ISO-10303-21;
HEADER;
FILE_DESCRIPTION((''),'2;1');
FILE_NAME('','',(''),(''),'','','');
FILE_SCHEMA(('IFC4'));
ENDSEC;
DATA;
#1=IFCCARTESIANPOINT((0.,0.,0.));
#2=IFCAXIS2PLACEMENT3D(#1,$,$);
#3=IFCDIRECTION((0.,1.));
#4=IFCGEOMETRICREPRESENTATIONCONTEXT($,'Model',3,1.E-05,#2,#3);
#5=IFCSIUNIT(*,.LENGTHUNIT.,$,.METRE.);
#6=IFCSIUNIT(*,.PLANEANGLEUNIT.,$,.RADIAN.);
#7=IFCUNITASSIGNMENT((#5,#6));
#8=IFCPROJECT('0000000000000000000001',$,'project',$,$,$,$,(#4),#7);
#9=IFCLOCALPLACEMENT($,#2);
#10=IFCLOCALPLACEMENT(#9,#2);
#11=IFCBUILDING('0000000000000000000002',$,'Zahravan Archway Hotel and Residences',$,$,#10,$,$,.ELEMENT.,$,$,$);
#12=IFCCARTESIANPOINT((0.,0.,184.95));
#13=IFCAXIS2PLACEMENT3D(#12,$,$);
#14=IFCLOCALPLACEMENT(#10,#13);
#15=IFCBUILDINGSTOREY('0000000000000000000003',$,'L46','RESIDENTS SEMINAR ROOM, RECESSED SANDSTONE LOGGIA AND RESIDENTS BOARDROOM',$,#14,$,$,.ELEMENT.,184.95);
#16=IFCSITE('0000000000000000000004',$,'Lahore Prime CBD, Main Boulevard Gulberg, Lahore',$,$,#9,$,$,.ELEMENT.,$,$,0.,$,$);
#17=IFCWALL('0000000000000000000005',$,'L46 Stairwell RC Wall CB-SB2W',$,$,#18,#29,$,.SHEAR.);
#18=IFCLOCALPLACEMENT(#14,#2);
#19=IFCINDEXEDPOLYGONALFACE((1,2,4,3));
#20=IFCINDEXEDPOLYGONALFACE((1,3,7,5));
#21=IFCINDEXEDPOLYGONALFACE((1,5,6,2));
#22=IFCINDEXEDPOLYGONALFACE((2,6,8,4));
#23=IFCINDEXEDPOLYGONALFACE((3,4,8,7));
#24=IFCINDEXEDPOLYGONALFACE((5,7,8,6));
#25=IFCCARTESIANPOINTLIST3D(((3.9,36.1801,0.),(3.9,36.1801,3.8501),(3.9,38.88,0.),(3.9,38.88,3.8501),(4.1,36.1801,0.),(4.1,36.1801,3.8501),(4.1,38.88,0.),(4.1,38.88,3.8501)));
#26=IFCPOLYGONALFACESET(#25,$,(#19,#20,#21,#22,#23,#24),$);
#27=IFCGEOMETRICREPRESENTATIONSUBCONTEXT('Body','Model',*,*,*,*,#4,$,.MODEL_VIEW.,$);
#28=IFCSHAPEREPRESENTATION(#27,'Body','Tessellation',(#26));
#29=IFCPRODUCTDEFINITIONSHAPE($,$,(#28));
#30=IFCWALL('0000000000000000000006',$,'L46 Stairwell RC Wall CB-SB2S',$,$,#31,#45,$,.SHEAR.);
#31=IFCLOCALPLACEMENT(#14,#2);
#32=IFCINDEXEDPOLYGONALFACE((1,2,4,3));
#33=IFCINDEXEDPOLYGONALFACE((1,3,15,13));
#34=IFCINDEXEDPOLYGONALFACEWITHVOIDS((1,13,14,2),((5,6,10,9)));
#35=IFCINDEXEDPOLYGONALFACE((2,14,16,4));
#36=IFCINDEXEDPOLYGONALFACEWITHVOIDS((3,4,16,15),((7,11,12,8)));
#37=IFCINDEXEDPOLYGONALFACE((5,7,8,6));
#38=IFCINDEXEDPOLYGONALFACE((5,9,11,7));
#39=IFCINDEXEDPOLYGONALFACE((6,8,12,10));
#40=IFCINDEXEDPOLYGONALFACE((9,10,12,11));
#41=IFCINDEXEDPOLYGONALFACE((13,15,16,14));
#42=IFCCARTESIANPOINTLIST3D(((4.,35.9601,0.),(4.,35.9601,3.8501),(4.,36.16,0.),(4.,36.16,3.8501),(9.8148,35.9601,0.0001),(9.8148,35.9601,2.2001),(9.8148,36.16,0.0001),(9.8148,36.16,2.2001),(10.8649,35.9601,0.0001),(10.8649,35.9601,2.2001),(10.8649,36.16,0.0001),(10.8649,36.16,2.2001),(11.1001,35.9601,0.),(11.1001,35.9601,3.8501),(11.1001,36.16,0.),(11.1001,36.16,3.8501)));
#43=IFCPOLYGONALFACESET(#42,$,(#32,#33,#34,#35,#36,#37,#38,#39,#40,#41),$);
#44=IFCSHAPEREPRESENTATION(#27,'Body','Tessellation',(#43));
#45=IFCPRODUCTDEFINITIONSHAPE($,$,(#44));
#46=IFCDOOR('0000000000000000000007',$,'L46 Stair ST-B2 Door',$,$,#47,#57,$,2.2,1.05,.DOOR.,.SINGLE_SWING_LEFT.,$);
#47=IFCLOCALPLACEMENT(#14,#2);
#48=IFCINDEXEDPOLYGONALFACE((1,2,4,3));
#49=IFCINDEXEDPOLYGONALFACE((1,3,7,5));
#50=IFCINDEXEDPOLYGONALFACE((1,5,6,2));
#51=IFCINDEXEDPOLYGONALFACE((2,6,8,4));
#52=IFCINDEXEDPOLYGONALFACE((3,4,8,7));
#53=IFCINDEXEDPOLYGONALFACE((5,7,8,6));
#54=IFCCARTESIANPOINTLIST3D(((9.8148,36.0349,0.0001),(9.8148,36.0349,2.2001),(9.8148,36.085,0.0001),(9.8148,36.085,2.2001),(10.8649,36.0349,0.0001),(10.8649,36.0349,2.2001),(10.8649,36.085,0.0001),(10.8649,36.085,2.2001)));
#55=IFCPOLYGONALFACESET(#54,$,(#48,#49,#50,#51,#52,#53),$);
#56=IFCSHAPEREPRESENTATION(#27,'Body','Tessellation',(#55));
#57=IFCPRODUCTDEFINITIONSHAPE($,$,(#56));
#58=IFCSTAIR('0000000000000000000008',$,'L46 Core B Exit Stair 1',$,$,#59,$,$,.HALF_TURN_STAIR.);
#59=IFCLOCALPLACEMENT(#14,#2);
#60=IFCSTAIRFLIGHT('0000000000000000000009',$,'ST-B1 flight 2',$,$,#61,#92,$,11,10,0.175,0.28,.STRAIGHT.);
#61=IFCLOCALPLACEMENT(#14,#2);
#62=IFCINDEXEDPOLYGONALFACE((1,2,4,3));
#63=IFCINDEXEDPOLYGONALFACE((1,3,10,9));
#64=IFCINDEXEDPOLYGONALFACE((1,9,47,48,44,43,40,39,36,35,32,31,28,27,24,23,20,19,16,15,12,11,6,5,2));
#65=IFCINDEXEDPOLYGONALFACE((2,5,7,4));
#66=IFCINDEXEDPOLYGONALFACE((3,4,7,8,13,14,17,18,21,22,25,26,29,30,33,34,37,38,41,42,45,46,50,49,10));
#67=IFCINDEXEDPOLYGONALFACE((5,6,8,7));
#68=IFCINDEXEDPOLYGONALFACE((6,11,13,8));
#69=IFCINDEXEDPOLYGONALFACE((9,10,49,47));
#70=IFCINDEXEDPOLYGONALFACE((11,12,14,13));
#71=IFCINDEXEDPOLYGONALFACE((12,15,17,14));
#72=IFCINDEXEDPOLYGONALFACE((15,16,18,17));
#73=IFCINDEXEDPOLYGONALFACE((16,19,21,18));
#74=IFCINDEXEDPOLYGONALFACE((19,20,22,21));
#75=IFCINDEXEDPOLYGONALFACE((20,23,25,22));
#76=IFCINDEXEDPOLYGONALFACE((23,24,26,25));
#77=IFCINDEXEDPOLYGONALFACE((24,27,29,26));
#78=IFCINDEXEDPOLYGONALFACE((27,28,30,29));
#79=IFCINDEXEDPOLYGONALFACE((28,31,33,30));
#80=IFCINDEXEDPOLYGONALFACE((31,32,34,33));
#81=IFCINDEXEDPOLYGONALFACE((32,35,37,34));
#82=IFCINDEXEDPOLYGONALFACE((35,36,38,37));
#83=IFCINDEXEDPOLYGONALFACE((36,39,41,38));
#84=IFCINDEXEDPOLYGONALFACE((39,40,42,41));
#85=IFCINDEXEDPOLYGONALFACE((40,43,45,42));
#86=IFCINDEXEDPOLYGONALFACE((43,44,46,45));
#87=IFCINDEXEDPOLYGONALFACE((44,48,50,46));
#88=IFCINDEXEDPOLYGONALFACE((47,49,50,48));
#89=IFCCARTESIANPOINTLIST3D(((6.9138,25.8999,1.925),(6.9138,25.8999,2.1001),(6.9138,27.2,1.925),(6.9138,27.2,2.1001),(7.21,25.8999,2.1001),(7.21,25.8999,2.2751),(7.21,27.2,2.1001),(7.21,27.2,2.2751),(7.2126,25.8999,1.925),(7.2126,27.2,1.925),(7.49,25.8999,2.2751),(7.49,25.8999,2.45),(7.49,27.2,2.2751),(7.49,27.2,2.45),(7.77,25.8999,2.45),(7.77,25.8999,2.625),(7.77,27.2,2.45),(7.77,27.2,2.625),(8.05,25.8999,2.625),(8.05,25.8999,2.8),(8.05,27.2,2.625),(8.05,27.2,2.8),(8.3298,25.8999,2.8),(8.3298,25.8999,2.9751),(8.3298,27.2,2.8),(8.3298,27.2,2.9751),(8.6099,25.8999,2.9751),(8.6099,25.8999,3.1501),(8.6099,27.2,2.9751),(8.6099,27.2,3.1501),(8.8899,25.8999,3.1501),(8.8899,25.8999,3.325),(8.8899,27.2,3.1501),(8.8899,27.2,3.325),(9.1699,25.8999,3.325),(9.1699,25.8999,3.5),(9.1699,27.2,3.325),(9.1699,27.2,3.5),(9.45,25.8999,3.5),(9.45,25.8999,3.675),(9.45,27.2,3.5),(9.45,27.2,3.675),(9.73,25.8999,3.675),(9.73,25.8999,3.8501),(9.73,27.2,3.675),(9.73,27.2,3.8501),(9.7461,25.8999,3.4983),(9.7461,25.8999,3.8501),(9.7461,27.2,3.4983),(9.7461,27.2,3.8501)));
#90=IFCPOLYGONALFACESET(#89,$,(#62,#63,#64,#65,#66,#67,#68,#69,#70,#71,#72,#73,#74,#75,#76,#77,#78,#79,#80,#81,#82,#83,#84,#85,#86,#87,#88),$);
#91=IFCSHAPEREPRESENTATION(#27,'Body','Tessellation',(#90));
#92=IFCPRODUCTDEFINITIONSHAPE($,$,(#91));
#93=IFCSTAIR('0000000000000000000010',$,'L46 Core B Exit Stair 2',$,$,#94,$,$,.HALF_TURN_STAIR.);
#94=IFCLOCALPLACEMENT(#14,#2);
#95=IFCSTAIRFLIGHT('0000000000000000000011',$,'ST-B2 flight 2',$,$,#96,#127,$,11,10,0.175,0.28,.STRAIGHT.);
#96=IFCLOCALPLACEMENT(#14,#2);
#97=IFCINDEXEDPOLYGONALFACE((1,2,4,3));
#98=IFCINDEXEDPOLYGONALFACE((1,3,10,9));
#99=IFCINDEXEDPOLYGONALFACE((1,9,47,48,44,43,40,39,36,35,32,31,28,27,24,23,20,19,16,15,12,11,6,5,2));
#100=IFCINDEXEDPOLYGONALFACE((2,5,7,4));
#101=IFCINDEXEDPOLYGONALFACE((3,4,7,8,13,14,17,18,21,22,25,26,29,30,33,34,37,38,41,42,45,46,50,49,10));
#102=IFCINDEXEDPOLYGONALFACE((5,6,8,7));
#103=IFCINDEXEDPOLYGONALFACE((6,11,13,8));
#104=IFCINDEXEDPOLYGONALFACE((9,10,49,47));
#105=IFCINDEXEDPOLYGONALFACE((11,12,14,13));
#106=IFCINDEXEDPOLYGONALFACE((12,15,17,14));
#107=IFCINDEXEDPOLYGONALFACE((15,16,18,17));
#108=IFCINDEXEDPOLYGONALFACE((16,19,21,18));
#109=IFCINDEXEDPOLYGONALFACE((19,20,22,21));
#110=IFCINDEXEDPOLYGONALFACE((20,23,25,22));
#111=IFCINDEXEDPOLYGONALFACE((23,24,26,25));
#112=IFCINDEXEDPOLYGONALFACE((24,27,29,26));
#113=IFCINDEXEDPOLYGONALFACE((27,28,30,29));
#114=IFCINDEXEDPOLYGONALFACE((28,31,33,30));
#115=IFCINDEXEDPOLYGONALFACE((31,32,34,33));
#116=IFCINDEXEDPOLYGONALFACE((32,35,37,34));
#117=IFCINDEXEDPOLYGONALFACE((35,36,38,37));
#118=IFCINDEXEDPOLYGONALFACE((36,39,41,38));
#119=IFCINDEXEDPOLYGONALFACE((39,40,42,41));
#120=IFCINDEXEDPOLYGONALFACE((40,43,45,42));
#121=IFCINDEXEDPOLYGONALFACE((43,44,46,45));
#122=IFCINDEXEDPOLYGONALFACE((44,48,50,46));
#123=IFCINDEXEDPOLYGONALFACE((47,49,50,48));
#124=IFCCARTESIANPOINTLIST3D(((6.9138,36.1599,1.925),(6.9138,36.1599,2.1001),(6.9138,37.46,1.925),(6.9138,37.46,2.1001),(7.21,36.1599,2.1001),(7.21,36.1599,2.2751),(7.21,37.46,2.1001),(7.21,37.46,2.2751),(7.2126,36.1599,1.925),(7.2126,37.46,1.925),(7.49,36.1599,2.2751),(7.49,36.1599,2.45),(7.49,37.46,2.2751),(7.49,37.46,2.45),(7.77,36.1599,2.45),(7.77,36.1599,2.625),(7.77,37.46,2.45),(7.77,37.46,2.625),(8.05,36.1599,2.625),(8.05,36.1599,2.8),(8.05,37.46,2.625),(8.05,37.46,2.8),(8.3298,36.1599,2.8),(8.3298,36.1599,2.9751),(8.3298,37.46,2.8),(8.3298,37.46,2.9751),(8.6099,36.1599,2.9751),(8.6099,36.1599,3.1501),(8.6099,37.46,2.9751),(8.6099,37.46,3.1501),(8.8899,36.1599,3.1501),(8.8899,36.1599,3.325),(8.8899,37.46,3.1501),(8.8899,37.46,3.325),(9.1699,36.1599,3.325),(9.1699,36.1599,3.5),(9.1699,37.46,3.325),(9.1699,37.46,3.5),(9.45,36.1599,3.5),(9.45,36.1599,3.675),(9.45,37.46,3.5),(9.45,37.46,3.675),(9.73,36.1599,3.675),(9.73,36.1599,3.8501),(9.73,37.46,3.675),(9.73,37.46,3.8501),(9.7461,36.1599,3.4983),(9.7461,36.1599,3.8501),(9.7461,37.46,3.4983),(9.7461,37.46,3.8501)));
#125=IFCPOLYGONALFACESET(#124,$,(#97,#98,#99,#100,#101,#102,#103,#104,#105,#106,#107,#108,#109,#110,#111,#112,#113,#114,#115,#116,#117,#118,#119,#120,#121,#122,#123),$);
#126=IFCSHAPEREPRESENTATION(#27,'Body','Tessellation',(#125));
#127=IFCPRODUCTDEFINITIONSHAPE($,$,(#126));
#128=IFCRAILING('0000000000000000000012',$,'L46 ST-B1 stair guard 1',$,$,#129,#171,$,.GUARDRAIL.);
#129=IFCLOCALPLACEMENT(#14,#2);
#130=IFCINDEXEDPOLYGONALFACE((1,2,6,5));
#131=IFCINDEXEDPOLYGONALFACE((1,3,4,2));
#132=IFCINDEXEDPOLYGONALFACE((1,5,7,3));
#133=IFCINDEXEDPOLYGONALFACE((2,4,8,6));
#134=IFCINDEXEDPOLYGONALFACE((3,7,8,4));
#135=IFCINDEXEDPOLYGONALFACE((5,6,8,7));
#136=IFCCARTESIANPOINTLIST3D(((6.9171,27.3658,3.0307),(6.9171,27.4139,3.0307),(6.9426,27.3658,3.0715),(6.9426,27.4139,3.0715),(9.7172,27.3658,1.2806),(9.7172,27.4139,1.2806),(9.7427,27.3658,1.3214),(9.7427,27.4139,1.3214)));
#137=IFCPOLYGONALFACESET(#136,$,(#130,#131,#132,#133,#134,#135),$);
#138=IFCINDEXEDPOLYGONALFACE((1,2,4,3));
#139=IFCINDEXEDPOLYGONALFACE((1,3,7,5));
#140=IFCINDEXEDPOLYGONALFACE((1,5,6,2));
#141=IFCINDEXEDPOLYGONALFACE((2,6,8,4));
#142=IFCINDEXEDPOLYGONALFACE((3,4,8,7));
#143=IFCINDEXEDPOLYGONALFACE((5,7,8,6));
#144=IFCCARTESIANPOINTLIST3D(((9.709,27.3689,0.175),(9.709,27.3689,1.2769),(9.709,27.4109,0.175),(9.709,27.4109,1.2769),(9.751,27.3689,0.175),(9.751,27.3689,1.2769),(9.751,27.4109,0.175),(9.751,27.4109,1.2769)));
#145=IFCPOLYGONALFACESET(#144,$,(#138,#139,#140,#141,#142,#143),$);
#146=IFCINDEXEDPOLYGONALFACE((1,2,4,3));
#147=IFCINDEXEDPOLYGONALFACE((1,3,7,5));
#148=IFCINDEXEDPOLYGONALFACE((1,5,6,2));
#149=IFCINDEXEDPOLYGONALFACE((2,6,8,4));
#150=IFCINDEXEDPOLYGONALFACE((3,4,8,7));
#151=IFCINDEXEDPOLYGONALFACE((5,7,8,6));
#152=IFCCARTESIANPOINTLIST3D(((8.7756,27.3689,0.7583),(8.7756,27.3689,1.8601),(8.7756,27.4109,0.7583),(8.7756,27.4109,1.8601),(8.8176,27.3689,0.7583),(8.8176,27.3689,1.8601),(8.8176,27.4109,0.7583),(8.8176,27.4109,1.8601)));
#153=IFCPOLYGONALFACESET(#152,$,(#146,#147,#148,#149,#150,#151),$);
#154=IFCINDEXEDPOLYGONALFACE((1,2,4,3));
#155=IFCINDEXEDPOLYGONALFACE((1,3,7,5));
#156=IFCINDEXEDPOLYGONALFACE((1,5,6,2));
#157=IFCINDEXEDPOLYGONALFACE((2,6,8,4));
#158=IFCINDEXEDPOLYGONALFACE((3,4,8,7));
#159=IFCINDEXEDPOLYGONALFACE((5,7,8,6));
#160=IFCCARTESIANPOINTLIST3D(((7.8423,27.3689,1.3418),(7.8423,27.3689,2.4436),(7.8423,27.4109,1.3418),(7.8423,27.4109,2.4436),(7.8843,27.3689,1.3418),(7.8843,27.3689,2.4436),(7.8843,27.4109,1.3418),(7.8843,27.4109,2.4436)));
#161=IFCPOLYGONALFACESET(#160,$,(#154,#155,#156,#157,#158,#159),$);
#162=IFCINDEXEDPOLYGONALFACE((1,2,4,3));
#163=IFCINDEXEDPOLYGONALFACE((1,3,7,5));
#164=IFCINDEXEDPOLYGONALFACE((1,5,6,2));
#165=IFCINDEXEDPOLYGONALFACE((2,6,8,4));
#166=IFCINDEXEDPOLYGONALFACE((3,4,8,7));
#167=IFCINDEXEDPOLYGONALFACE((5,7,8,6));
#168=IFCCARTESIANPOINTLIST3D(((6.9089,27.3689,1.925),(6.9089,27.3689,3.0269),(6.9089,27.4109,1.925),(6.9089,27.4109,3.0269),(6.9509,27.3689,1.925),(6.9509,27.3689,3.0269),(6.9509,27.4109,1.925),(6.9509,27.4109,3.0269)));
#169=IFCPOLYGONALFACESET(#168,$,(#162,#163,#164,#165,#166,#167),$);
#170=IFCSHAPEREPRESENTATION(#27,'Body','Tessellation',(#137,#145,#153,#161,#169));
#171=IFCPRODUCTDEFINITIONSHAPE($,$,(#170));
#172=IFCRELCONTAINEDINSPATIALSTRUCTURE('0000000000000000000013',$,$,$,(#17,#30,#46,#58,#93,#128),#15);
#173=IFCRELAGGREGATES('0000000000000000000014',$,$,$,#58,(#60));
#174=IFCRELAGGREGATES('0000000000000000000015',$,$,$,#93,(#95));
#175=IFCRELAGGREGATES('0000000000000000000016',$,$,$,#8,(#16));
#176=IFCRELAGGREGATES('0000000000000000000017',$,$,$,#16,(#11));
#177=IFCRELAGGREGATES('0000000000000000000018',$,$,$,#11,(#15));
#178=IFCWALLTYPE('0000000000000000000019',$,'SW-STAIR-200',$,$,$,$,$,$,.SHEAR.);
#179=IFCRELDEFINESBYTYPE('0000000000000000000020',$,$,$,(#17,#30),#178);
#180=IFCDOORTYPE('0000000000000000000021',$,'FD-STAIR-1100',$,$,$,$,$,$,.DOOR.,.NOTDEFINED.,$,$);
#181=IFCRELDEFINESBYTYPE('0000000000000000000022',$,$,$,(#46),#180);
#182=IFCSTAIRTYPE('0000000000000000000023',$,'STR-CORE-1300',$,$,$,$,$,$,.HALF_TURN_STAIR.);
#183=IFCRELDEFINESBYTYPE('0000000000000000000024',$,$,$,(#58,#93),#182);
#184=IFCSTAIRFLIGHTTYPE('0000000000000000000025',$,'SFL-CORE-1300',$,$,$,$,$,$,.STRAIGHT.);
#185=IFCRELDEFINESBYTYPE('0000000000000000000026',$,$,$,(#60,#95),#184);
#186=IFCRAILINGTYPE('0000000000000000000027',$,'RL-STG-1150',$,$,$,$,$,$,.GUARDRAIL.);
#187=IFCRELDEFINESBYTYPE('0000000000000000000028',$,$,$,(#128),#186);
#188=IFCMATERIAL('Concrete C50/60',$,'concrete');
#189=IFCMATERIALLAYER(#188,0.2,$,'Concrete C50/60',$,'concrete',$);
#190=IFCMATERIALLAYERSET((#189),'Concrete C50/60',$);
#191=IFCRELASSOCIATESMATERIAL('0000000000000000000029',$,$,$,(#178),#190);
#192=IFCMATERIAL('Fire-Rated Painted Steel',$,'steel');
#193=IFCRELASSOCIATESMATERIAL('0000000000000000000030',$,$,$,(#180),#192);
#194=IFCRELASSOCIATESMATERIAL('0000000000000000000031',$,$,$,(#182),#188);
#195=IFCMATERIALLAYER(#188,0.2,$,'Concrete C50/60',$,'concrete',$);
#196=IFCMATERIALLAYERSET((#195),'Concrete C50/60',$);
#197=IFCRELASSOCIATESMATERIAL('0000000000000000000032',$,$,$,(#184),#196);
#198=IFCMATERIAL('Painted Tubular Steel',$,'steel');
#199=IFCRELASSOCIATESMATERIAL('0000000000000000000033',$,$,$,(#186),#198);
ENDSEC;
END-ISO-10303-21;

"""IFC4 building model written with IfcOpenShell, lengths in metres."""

from ifc_helpers import new_model, si_unit, direction, frame, frame_2d, origin, origin_2d, place, context, subcontext, project, spatial, polyline, rectangle, outline, extrude, source, transform, mapped, material, layer, layer_set, type_object, type_shapes, element, fill, aggregate, save


model = new_model("IFC4")

# Units and contexts
model_context = context("Model", 3, precision=1e-05, world=origin(), true_north=direction((0.0, 1.0)))
body_context = subcontext(model_context, "Body", "Model", "MODEL_VIEW")
ifc_project = project(units=[si_unit("LENGTHUNIT", "METRE"), si_unit("PLANEANGLEUNIT", "RADIAN")], contexts=[model_context])

# Site, building, storey
site_placement = place(None, origin())
site = spatial("IfcSite", under=ifc_project, at=site_placement, Name="Lahore Prime CBD, Main Boulevard Gulberg, Lahore", CompositionType="ELEMENT", RefElevation=0.0)
building_placement = place(site_placement, origin())
building = spatial("IfcBuilding", under=site, at=building_placement, Name="Zahravan Archway Hotel and Residences", CompositionType="ELEMENT")
storey_placement = place(building_placement, frame((0.0, 0.0, 184.95)))
storey = spatial("IfcBuildingStorey", under=building, at=storey_placement, Name="L46", Description="RESIDENTS SEMINAR ROOM, RECESSED SANDSTONE LOGGIA AND RESIDENTS BOARDROOM", CompositionType="ELEMENT", Elevation=184.95)

# Shared definitions
ifc_material_1 = material(Name="Fire-Rated Painted Steel", Category="steel")

# Shared definitions
ifc_material_2 = material(Name="Concrete C50/60", Category="concrete")
ifc_layer_1 = layer(ifc_material_2, 0.2, Name="Concrete C50/60", Category="concrete")
ifc_layer_set_1 = layer_set([ifc_layer_1], Name="Concrete C50/60")
wall_type_1 = type_object("IfcWallType", Name="SW-STAIR-200", PredefinedType="SHEAR", material=ifc_layer_set_1)
door_type_1 = type_object("IfcDoorType", Name="FD-STAIR-1100", OperationType="NOTDEFINED", PredefinedType="DOOR", material=ifc_material_1)
shared_shape_1 = source(origin(), body_context, "Body", "SweptSolid", [
    extrude(rectangle(XDim=1.05, YDim=2.2, at=frame_2d((0.5249, 1.1001))), frame((0.0, 0.0249, 0.0), z_axis=(0.0, -1.0, 0.0), x_axis=(1.0, 0.0, 0.0)), (0.0, 0.0, 1.0), 0.05),
])
type_shapes(door_type_1, [shared_shape_1])

# Wall
wall_1_placement = place(storey_placement, frame((4.0, 36.1799, 0.0), z_axis=(0.0, 0.0, 1.0), x_axis=(0.0, 1.0, 0.0)))
element("IfcWall", 1, at=wall_1_placement, inside=storey, type_object=wall_type_1, Name="L46 Stairwell RC Wall CB-SB2W", PredefinedType="SHEAR", context=body_context, shape_type="SweptSolid", body=[
    extrude(rectangle(XDim=2.7, YDim=0.2, at=frame_2d((1.3501, 0.0))), origin(), (0.0, 0.0, 1.0), 3.8501),
])

# Wall, opening, door
wall_2_placement = place(storey_placement, frame((4.0, 36.0601, 0.0), z_axis=(0.0, 0.0, 1.0), x_axis=(1.0, 0.0, 0.0)))
wall_2 = element("IfcWall", 2, at=wall_2_placement, inside=storey, type_object=wall_type_1, Name="L46 Stairwell RC Wall CB-SB2S", PredefinedType="SHEAR", context=body_context, shape_type="SweptSolid", body=[
    extrude(rectangle(XDim=7.1001, YDim=0.2, at=frame_2d((3.55, 0.0))), origin(), (0.0, 0.0, 1.0), 3.8501),
])
opening_1_placement = place(wall_2_placement, frame((5.8149, 0.0, 0.0)))
opening_1 = element("IfcOpeningElement", 3, at=opening_1_placement, cuts=wall_2, PredefinedType="OPENING", context=body_context, shape_type="SweptSolid", body=[
    extrude(rectangle(XDim=1.05, YDim=2.2, at=frame_2d((0.5249, 1.1001))), frame((0.0, 0.1099, 0.0), z_axis=(0.0, -1.0, 0.0), x_axis=(1.0, 0.0, 0.0)), (0.0, 0.0, 1.0), 0.22),
])
door_1_placement = place(opening_1_placement, origin())
door_1 = element("IfcDoor", 4, at=door_1_placement, inside=storey, type_object=door_type_1, Name="L46 Stair ST-B2 Door", OperationType="SINGLE_SWING_LEFT", OverallHeight=2.2, OverallWidth=1.05, PredefinedType="DOOR", context=body_context, shape_type="MappedRepresentation", body=[
    mapped(shared_shape_1, transform((0.0, 0.0, 0.0), scale=1.0)),
])
fill(opening_1, door_1)

# Stairs, stair flights
stair_type = type_object("IfcStairType", Name="STR-CORE-1300", PredefinedType="HALF_TURN_STAIR", material=ifc_material_2)
stair_1_placement = place(storey_placement, origin())
stair_1 = element("IfcStair", 5, at=stair_1_placement, inside=storey, type_object=stair_type, Name="L46 Core B Exit Stair 1", PredefinedType="HALF_TURN_STAIR")
ifc_layer_2 = layer(ifc_material_2, 0.2, Name="Concrete C50/60", Category="concrete")
ifc_layer_set_2 = layer_set([ifc_layer_2], Name="Concrete C50/60")
stair_flight_type = type_object("IfcStairFlightType", Name="SFL-CORE-1300", PredefinedType="STRAIGHT", material=ifc_layer_set_2)
shared_shape_2 = source(origin(), body_context, "Body", "SweptSolid", [
    extrude(outline(polyline([(-0.0161, 0.0), (-0.0161, 0.175), (0.28, 0.175), (0.28, 0.3501), (0.5601, 0.3501), (0.5601, 0.5249), (0.8401, 0.5249), (0.8401, 0.7), (1.1201, 0.7), (1.1201, 0.875), (1.3999, 0.875), (1.3999, 1.05), (1.6799, 1.05), (1.6799, 1.2251), (1.96, 1.2251), (1.96, 1.3999), (2.24, 1.3999), (2.24, 1.575), (2.52, 1.575), (2.52, 1.75), (2.8, 1.75), (2.8, 1.925), (2.8162, 1.925), (2.8162, 1.5732), (0.2827, 0.0), (-0.0161, 0.0)])), frame((0.0, 0.6499, 0.0), z_axis=(0.0, -1.0, 0.0), x_axis=(1.0, 0.0, 0.0)), (0.0, 0.0, 1.0), 1.3),
])
stair_flight_1_placement = place(storey_placement, frame((6.9299, 26.55, 1.925), z_axis=(0.0, 0.0, 1.0), x_axis=(1.0, 0.0, 0.0)))
stair_flight_1 = element("IfcStairFlight", 6, at=stair_flight_1_placement, type_object=stair_flight_type, Name="ST-B1 flight 2", NumberOfRisers=11, NumberOfTreads=10, PredefinedType="STRAIGHT", RiserHeight=0.175, TreadLength=0.28, context=body_context, shape_type="MappedRepresentation", body=[
    mapped(shared_shape_2, transform((0.0, 0.0, 0.0), scale=1.0)),
])
aggregate(stair_1, [stair_flight_1])
stair_2_placement = place(storey_placement, origin())
stair_2 = element("IfcStair", 7, at=stair_2_placement, inside=storey, type_object=stair_type, Name="L46 Core B Exit Stair 2", PredefinedType="HALF_TURN_STAIR")
stair_flight_2_placement = place(storey_placement, frame((6.9299, 36.8101, 1.925), z_axis=(0.0, 0.0, 1.0), x_axis=(1.0, 0.0, 0.0)))
stair_flight_2 = element("IfcStairFlight", 8, at=stair_flight_2_placement, type_object=stair_flight_type, Name="ST-B2 flight 2", NumberOfRisers=11, NumberOfTreads=10, PredefinedType="STRAIGHT", RiserHeight=0.175, TreadLength=0.28, context=body_context, shape_type="MappedRepresentation", body=[
    mapped(shared_shape_2, transform((0.0, 0.0, 0.0), scale=1.0)),
])
aggregate(stair_2, [stair_flight_2])

# Railing
ifc_material_3 = material(Name="Painted Tubular Steel", Category="steel")
railing_type_1 = type_object("IfcRailingType", Name="RL-STG-1150", PredefinedType="GUARDRAIL", material=ifc_material_3)
railing_1_placement = place(storey_placement, frame((9.73, 27.3899, 0.175)))
element("IfcRailing", 9, at=railing_1_placement, inside=storey, type_object=railing_type_1, Name="L46 ST-B1 stair guard 1", PredefinedType="GUARDRAIL", context=body_context, shape_type="SweptSolid", body=[
    extrude(rectangle(XDim=0.0481, YDim=0.0481, at=origin_2d()), frame((0.0, 0.0, 1.126), z_axis=(-0.848002, 0.0, 0.529992), x_axis=(0.0, -1.0, 0.0)), (0.0, 0.0, 1.0), 3.302),
    extrude(rectangle(XDim=0.042, YDim=0.042, at=origin_2d()), origin(), (0.0, 0.0, 1.0), 1.1018),
    extrude(rectangle(XDim=0.042, YDim=0.042, at=origin_2d()), frame((-0.9333, 0.0, 0.5833)), (0.0, 0.0, 1.0), 1.1018),
    extrude(rectangle(XDim=0.042, YDim=0.042, at=origin_2d()), frame((-1.8667, 0.0, 1.1667)), (0.0, 0.0, 1.0), 1.1018),
    extrude(rectangle(XDim=0.042, YDim=0.042, at=origin_2d()), frame((-2.8, 0.0, 1.75)), (0.0, 0.0, 1.0), 1.1018),
])

save(model, "model.ifc")
